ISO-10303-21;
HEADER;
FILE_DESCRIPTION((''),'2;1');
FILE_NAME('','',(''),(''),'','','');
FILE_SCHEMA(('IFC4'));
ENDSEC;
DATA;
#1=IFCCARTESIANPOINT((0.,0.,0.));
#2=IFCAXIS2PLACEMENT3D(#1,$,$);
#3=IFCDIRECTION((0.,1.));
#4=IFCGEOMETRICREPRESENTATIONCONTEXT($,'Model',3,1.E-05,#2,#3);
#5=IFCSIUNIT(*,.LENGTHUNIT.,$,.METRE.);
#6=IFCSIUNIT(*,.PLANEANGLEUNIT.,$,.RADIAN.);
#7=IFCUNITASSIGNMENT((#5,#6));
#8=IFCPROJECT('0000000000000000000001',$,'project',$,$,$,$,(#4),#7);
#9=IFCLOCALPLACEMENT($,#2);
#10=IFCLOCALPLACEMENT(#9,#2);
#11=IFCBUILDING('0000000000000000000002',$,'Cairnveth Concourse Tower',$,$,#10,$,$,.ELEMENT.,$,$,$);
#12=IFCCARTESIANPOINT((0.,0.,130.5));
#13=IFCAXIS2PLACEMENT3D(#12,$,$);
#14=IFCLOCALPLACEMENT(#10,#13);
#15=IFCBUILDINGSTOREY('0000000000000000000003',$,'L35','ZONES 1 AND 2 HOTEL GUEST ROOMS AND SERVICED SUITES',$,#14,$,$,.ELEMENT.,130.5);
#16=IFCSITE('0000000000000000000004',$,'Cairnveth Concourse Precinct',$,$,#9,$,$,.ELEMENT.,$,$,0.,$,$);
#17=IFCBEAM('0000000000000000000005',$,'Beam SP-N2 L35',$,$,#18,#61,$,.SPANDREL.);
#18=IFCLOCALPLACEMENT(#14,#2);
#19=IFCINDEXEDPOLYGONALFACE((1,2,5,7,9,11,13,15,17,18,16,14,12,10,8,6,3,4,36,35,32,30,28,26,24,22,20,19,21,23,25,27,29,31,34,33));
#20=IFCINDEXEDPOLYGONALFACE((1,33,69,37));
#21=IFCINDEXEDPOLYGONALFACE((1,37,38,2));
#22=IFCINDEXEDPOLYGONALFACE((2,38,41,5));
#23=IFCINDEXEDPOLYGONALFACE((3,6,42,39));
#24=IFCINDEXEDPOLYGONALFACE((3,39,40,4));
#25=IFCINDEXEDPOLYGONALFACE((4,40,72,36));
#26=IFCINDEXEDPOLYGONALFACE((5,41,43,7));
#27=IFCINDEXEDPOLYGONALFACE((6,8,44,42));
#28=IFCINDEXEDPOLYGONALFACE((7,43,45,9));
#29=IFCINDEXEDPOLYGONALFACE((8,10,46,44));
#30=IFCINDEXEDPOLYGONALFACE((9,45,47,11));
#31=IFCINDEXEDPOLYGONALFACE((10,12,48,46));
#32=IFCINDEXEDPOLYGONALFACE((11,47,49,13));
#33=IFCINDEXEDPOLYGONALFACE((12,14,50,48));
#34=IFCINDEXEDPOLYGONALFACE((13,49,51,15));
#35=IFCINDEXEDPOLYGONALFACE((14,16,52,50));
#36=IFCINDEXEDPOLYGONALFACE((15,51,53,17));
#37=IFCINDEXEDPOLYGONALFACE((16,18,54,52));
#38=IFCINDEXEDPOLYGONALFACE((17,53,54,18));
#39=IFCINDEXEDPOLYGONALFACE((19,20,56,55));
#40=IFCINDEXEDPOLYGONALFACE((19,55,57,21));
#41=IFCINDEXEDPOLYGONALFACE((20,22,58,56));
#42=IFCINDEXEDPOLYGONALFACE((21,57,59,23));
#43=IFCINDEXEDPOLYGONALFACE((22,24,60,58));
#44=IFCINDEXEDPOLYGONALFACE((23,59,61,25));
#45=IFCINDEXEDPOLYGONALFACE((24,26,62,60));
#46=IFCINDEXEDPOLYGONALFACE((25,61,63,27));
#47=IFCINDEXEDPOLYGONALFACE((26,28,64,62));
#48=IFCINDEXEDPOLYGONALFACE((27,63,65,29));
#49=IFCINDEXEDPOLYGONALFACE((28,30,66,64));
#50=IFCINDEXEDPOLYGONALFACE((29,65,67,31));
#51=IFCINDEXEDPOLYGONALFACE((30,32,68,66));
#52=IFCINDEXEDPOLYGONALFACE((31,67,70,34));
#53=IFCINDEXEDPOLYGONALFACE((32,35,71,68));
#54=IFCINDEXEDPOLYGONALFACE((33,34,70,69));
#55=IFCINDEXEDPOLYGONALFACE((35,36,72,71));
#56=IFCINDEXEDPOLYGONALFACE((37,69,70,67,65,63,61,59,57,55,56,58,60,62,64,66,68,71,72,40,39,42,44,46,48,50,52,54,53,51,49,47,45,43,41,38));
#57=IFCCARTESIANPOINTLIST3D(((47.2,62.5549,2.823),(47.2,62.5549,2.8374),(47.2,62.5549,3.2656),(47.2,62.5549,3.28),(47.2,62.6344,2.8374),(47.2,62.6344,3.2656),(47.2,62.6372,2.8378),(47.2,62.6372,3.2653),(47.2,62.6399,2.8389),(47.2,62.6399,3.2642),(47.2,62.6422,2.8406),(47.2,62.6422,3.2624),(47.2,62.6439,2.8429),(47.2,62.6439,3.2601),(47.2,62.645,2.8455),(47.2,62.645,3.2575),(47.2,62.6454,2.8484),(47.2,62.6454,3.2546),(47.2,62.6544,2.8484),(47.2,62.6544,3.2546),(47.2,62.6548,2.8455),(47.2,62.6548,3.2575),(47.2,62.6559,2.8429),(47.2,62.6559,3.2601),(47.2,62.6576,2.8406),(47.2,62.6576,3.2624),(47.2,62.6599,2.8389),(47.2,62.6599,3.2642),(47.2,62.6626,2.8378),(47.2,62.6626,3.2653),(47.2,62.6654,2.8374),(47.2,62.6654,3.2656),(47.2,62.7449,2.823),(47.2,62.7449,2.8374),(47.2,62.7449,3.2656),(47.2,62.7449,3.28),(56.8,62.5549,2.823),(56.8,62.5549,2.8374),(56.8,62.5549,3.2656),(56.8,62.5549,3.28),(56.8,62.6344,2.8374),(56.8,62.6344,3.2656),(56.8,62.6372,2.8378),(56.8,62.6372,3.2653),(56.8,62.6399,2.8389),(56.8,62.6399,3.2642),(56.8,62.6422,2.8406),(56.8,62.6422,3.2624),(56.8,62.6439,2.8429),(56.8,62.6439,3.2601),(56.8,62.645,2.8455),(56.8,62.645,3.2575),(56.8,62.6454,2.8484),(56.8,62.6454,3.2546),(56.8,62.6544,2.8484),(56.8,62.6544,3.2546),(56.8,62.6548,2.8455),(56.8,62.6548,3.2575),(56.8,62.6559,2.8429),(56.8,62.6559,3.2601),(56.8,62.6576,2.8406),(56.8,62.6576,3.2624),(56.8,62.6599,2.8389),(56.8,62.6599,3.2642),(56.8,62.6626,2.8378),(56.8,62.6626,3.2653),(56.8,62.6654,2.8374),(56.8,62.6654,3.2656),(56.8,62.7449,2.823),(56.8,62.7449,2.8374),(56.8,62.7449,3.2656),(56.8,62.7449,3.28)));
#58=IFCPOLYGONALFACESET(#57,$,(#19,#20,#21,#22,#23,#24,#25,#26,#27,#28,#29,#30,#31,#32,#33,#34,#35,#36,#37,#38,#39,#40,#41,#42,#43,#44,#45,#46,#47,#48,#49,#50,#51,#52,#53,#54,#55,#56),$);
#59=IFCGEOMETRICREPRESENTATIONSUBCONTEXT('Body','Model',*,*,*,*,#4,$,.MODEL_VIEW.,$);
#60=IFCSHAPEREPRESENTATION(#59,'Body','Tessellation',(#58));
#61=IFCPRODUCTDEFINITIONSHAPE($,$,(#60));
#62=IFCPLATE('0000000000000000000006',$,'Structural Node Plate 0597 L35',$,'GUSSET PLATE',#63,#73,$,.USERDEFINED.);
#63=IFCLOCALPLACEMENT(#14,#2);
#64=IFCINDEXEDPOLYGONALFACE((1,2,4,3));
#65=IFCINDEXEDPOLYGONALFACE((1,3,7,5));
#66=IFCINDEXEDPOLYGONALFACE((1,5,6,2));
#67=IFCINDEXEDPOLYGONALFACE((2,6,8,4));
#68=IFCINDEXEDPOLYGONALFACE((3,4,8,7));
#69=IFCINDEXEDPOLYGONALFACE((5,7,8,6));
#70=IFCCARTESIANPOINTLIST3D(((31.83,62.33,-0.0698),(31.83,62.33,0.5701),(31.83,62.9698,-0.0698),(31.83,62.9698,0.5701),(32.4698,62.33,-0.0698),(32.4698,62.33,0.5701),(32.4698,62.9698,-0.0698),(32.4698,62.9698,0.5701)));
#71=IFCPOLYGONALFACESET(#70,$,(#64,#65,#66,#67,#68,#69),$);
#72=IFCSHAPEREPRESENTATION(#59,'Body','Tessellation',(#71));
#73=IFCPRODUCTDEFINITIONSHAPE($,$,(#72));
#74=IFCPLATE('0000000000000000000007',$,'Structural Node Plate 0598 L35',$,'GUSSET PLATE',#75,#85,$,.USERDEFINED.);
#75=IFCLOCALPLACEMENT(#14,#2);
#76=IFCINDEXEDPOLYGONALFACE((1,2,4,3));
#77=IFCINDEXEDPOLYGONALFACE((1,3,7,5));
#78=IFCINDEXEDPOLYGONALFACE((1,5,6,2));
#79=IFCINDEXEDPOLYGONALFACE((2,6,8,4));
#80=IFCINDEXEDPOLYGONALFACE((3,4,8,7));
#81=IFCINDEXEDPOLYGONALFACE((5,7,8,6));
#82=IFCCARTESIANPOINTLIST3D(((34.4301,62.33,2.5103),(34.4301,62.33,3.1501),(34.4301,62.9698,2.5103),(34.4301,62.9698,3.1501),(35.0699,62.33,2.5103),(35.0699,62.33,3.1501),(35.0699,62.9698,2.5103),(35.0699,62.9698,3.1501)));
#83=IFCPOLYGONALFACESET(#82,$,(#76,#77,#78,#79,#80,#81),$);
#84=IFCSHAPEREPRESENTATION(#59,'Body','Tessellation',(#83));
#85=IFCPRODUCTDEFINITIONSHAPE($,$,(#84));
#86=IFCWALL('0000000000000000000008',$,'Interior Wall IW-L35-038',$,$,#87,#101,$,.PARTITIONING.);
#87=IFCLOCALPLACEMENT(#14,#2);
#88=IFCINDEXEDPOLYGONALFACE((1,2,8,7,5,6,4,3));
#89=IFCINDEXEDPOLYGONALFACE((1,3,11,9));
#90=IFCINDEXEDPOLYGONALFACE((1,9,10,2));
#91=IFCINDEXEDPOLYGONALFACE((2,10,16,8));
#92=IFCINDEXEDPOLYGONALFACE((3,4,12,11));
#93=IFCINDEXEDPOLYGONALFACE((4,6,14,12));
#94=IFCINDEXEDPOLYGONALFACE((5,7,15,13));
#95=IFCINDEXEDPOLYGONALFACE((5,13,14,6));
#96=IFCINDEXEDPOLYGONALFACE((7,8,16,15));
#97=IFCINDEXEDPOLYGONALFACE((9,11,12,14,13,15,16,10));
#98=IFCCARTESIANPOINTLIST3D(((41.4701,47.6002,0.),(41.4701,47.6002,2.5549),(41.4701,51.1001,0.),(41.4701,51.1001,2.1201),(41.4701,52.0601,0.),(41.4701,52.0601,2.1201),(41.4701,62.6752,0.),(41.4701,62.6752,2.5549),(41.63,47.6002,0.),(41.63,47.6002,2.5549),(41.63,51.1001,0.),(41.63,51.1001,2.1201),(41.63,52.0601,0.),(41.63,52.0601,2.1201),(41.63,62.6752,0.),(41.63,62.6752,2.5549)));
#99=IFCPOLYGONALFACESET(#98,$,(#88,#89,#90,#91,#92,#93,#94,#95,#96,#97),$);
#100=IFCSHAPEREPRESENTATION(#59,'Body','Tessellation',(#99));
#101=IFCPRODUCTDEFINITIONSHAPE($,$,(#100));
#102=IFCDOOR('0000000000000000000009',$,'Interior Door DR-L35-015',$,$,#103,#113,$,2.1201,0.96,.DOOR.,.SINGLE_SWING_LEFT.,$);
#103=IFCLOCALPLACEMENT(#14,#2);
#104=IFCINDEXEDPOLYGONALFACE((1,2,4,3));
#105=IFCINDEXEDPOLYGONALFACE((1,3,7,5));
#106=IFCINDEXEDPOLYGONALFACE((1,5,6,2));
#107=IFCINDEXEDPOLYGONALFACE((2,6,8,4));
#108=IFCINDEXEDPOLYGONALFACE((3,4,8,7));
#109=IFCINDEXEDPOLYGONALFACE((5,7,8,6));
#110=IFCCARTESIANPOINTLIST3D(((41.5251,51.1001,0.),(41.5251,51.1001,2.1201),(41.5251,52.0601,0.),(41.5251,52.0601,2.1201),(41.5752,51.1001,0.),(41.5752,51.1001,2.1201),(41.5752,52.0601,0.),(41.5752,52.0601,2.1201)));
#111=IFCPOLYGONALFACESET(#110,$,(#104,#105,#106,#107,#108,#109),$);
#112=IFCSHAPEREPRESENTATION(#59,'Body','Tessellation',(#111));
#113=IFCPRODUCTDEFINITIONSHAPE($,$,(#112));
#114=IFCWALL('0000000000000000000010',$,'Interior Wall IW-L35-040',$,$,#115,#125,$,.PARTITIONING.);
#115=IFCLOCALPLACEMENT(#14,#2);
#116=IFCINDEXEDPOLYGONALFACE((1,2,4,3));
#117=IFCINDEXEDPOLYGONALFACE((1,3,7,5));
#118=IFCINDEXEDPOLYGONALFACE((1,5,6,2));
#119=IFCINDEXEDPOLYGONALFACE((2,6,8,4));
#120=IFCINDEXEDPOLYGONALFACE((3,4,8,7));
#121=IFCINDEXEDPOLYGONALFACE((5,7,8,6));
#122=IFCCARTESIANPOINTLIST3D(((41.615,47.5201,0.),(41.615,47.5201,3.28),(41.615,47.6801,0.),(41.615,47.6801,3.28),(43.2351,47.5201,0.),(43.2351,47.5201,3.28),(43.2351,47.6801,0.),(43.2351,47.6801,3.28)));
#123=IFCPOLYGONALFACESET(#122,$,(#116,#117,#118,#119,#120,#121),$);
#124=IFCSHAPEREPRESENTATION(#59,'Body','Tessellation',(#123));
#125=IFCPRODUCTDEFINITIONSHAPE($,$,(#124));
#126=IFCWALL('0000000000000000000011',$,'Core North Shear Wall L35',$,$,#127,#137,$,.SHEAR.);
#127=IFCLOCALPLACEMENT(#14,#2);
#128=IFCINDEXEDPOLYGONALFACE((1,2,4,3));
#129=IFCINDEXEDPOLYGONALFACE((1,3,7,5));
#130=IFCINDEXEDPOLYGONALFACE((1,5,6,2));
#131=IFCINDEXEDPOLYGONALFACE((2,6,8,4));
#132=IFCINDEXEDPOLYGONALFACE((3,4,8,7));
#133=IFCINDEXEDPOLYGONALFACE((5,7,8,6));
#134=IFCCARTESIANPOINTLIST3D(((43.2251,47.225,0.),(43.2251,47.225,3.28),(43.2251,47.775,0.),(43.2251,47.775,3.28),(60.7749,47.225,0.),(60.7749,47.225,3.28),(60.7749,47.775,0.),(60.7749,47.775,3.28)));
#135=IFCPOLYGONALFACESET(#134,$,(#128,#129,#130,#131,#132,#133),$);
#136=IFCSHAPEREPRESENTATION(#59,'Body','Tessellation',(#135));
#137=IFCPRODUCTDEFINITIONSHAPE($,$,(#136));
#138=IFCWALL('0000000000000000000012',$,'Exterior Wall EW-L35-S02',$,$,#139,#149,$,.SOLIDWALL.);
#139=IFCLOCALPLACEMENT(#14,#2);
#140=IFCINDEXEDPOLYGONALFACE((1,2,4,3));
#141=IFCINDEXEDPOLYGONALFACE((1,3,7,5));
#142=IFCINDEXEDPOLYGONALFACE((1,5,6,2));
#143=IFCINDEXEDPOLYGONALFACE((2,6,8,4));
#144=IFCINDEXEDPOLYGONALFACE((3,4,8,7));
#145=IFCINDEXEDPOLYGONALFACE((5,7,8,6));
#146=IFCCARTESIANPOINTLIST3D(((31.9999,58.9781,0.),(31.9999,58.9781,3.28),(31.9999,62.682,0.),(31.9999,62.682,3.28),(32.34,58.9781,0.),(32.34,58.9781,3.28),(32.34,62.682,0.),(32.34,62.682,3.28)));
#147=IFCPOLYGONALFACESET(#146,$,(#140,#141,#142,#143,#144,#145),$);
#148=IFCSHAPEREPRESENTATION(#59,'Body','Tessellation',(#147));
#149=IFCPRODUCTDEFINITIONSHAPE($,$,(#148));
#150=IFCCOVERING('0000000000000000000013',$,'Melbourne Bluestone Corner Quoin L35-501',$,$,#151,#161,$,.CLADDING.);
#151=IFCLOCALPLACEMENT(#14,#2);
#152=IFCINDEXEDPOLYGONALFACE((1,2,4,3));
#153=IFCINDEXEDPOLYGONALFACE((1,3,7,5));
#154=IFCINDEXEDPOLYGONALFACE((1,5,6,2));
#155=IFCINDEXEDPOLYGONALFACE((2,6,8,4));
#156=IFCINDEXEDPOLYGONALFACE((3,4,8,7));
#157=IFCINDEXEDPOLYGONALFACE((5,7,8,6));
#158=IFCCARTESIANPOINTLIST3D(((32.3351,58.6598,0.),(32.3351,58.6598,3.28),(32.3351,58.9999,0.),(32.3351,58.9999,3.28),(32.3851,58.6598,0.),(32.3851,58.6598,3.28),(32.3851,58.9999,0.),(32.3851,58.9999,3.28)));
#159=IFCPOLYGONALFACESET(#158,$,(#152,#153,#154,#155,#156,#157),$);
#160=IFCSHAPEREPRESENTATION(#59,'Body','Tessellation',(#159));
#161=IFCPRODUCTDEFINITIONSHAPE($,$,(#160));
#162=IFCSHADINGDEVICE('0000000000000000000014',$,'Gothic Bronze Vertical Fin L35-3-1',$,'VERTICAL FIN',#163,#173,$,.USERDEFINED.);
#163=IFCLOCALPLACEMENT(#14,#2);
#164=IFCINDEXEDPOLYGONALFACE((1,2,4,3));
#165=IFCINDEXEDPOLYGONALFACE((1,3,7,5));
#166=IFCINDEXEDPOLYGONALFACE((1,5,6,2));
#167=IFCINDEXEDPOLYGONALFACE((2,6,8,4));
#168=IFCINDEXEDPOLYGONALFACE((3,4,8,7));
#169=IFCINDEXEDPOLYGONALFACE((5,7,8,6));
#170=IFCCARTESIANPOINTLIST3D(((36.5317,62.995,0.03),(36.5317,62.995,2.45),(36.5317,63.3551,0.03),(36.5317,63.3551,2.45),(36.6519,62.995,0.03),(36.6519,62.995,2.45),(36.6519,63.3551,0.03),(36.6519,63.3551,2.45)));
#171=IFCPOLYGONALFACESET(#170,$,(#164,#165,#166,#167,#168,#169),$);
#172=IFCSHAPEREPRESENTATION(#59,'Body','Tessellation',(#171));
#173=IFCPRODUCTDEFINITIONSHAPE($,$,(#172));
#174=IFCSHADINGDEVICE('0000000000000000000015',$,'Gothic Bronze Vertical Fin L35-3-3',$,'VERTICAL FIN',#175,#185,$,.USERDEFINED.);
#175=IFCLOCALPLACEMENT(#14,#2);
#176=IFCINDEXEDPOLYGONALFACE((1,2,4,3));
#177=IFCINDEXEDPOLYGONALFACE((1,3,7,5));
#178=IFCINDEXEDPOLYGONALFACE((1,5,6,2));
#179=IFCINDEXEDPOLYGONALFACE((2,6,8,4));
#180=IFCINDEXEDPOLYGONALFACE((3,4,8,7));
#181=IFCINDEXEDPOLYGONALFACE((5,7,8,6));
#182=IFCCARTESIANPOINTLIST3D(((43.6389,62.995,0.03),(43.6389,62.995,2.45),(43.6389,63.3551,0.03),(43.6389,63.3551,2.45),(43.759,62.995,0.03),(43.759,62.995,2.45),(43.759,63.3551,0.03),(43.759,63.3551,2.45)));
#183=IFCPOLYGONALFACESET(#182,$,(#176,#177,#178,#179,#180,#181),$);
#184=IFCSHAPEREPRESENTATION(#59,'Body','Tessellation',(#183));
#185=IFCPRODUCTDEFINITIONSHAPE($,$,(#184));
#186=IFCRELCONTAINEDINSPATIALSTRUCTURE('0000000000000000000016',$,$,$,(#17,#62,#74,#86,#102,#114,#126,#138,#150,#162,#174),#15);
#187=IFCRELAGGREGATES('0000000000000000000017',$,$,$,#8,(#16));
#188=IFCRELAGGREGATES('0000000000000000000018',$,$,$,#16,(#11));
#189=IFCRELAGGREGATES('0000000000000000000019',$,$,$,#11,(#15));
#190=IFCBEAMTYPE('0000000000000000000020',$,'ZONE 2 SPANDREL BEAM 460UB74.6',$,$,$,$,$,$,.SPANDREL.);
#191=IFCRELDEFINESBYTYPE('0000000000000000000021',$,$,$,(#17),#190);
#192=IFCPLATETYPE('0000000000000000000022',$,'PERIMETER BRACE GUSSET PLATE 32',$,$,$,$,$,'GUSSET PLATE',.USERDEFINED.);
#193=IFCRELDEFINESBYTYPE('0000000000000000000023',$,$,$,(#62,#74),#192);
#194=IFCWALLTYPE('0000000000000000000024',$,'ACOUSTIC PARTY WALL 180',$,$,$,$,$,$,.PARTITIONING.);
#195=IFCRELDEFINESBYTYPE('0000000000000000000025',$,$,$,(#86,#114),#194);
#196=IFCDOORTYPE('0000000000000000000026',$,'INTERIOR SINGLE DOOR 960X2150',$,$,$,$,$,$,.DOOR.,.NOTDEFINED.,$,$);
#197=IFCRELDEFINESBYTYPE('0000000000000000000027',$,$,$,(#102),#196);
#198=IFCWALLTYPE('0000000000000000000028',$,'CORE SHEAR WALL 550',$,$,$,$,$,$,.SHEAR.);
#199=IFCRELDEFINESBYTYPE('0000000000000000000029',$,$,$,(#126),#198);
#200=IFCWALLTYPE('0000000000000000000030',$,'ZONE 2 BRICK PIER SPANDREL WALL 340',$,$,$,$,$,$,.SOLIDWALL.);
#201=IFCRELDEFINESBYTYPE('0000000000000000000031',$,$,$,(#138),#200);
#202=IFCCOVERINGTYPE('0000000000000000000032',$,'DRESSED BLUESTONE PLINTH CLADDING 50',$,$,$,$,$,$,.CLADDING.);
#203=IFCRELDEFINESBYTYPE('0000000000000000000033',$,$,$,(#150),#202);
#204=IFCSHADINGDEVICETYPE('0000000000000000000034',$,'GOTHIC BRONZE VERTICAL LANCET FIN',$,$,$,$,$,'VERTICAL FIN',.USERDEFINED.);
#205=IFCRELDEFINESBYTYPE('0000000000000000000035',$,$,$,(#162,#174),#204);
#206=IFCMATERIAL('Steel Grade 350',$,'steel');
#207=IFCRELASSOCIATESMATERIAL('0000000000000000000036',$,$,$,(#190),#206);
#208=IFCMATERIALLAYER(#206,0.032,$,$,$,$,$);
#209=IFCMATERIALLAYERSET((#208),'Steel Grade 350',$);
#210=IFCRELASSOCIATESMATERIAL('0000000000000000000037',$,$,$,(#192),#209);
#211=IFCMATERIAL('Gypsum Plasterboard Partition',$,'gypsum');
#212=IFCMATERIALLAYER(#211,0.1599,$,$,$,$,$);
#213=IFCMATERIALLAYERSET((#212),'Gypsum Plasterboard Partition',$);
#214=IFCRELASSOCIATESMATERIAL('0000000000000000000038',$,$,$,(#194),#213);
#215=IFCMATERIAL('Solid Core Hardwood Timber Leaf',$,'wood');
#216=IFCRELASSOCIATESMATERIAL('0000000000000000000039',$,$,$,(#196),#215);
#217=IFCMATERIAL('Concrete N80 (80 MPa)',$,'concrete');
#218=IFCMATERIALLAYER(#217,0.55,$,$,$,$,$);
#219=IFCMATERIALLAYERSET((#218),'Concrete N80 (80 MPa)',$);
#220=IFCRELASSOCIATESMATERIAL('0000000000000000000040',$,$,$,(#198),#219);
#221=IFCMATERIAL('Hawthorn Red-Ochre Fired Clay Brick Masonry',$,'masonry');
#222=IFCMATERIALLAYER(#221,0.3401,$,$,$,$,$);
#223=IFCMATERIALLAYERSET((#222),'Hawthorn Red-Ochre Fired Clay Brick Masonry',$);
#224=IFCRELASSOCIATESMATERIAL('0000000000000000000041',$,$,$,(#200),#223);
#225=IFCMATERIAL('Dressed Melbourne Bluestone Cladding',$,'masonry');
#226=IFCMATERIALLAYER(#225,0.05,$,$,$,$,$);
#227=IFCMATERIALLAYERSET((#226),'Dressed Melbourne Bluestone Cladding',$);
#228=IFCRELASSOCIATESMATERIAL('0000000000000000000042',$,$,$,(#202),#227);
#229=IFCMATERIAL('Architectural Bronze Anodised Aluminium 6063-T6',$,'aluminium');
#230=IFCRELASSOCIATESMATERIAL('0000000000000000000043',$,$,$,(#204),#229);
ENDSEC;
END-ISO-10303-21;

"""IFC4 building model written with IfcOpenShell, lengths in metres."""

from ifc_helpers import new_model, si_unit, direction, frame, frame_2d, origin, origin_2d, place, context, subcontext, project, spatial, rectangle, i_section, extrude, material, layer, layer_set, material_profile, profile_set, type_object, element, fill, save


model = new_model("IFC4")

# Units and contexts
model_context = context("Model", 3, precision=1e-05, world=origin(), true_north=direction((0.0, 1.0)))
body_context = subcontext(model_context, "Body", "Model", "MODEL_VIEW")
ifc_project = project(units=[si_unit("LENGTHUNIT", "METRE"), si_unit("PLANEANGLEUNIT", "RADIAN")], contexts=[model_context])

# Site, building, storey
site_placement = place(None, origin())
site = spatial("IfcSite", under=ifc_project, at=site_placement, Name="Cairnveth Concourse Precinct", CompositionType="ELEMENT", RefElevation=0.0)
building_placement = place(site_placement, origin())
building = spatial("IfcBuilding", under=site, at=building_placement, Name="Cairnveth Concourse Tower", CompositionType="ELEMENT")
storey_placement = place(building_placement, frame((0.0, 0.0, 130.5)))
storey = spatial("IfcBuildingStorey", under=building, at=storey_placement, Name="L35", Description="ZONES 1 AND 2 HOTEL GUEST ROOMS AND SERVICED SUITES", CompositionType="ELEMENT", Elevation=130.5)

# Beam
ifc_material_1 = material(Name="Steel Grade 350", Category="steel")
ifc_material_profile_1 = material_profile(ifc_material_1, i_section(OverallWidth=0.1899, OverallDepth=0.457, WebThickness=0.009, FlangeThickness=0.0144, FilletRadius=0.011, at=origin_2d()), Name="460UB74.6")
ifc_profile_set_1 = profile_set([ifc_material_profile_1], Name="Steel Grade 350")
beam_type_1 = type_object("IfcBeamType", Name="ZONE 2 SPANDREL BEAM 460UB74.6", PredefinedType="SPANDREL", material=ifc_profile_set_1)
beam_1_placement = place(storey_placement, frame((47.2, 62.6499, 3.0515), z_axis=(1.0, 0.0, 0.0), x_axis=(0.0, 1.0, 0.0)))
element("IfcBeam", 1, at=beam_1_placement, inside=storey, type_object=beam_type_1, Name="Beam SP-N2 L35", PredefinedType="SPANDREL", context=body_context, shape_type="SweptSolid", body=[
    extrude(i_section(OverallWidth=0.1899, OverallDepth=0.457, WebThickness=0.009, FlangeThickness=0.0144, FilletRadius=0.011, at=origin_2d()), origin(), (0.0, 0.0, 1.0), 9.6001),
])

# Plates
ifc_layer_1 = layer(ifc_material_1, 0.032)
ifc_layer_set_1 = layer_set([ifc_layer_1], Name="Steel Grade 350")
plate_type = type_object("IfcPlateType", Name="PERIMETER BRACE GUSSET PLATE 32", ElementType="GUSSET PLATE", PredefinedType="USERDEFINED", material=ifc_layer_set_1)
for number, where, z_axis, x_axis, name in (
    (2, (32.1499, 62.6499, -0.0698), (0.0, 0.0, 1.0), (1.0, 0.0, 0.0), "Structural Node Plate 0597 L35"),
    (3, (34.75, 62.6499, 2.5103), (0.0, 0.0, 1.0), (1.0, 0.0, 0.0), "Structural Node Plate 0598 L35"),
):
    element("IfcPlate", number, at=place(storey_placement, frame(where, z_axis=z_axis, x_axis=x_axis)), inside=storey, type_object=plate_type, Name=name, ObjectType="GUSSET PLATE", PredefinedType="USERDEFINED", context=body_context, shape_type="SweptSolid", body=[
        extrude(rectangle(XDim=0.6399, YDim=0.6399, at=origin_2d()), origin(), (0.0, 0.0, 1.0), 0.6399),
    ])

# Wall, opening, door
ifc_material_2 = material(Name="Gypsum Plasterboard Partition", Category="gypsum")
ifc_layer_2 = layer(ifc_material_2, 0.1599)
ifc_layer_set_2 = layer_set([ifc_layer_2], Name="Gypsum Plasterboard Partition")
wall_type_1 = type_object("IfcWallType", Name="ACOUSTIC PARTY WALL 180", PredefinedType="PARTITIONING", material=ifc_layer_set_2)
wall_1_placement = place(storey_placement, frame((41.55, 47.6001, 0.0), z_axis=(0.0, 0.0, 1.0), x_axis=(0.0, 1.0, 0.0)))
wall_1 = element("IfcWall", 4, at=wall_1_placement, inside=storey, type_object=wall_type_1, Name="Interior Wall IW-L35-038", PredefinedType="PARTITIONING", context=body_context, shape_type="SweptSolid", body=[
    extrude(rectangle(XDim=15.075, YDim=0.1599, at=frame_2d((7.5376, 0.0))), origin(), (0.0, 0.0, 1.0), 2.5549),
])
opening_placement = place(wall_1_placement, frame((3.5, 0.0, 0.0)))
opening = element("IfcOpeningElement", 5, at=opening_placement, cuts=wall_1, PredefinedType="OPENING", context=body_context, shape_type="SweptSolid", body=[
    extrude(rectangle(XDim=0.96, YDim=2.1201, at=frame_2d((0.48, 1.0601))), frame((0.0, 0.0898, 0.0), z_axis=(0.0, -1.0, 0.0), x_axis=(1.0, 0.0, 0.0)), (0.0, 0.0, 1.0), 0.1799),
])
ifc_material_3 = material(Name="Solid Core Hardwood Timber Leaf", Category="wood")
door_type = type_object("IfcDoorType", Name="INTERIOR SINGLE DOOR 960X2150", OperationType="NOTDEFINED", PredefinedType="DOOR", material=ifc_material_3)
door_placement = place(opening_placement, origin())
door = element("IfcDoor", 6, at=door_placement, inside=storey, type_object=door_type, Name="Interior Door DR-L35-015", OperationType="SINGLE_SWING_LEFT", OverallHeight=2.1201, OverallWidth=0.96, PredefinedType="DOOR", context=body_context, shape_type="SweptSolid", body=[
    extrude(rectangle(XDim=0.96, YDim=2.1201, at=frame_2d((0.48, 1.0601))), frame((0.0, 0.0249, 0.0), z_axis=(0.0, -1.0, 0.0), x_axis=(1.0, 0.0, 0.0)), (0.0, 0.0, 1.0), 0.05),
])
fill(opening, door)

# Walls
wall_2_placement = place(storey_placement, frame((41.615, 47.6001, 0.0), z_axis=(0.0, 0.0, 1.0), x_axis=(1.0, 0.0, 0.0)))
element("IfcWall", 7, at=wall_2_placement, inside=storey, type_object=wall_type_1, Name="Interior Wall IW-L35-040", PredefinedType="PARTITIONING", context=body_context, shape_type="SweptSolid", body=[
    extrude(rectangle(XDim=1.6201, YDim=0.1599, at=frame_2d((0.8101, 0.0))), origin(), (0.0, 0.0, 1.0), 3.28),
])
ifc_material_4 = material(Name="Concrete N80 (80 MPa)", Category="concrete")
ifc_layer_3 = layer(ifc_material_4, 0.55)
ifc_layer_set_3 = layer_set([ifc_layer_3], Name="Concrete N80 (80 MPa)")
wall_type_2 = type_object("IfcWallType", Name="CORE SHEAR WALL 550", PredefinedType="SHEAR", material=ifc_layer_set_3)
wall_3_placement = place(storey_placement, frame((43.2251, 47.5, 0.0), z_axis=(0.0, 0.0, 1.0), x_axis=(1.0, 0.0, 0.0)))
element("IfcWall", 8, at=wall_3_placement, inside=storey, type_object=wall_type_2, Name="Core North Shear Wall L35", PredefinedType="SHEAR", context=body_context, shape_type="SweptSolid", body=[
    extrude(rectangle(XDim=17.5498, YDim=0.55, at=frame_2d((8.7749, 0.0))), origin(), (0.0, 0.0, 1.0), 3.28),
])
ifc_material_5 = material(Name="Hawthorn Red-Ochre Fired Clay Brick Masonry", Category="masonry")
ifc_layer_4 = layer(ifc_material_5, 0.3401)
ifc_layer_set_4 = layer_set([ifc_layer_4], Name="Hawthorn Red-Ochre Fired Clay Brick Masonry")
wall_type_3 = type_object("IfcWallType", Name="ZONE 2 BRICK PIER SPANDREL WALL 340", PredefinedType="SOLIDWALL", material=ifc_layer_set_4)
wall_4_placement = place(storey_placement, frame((32.1699, 58.978, 0.0), z_axis=(0.0, 0.0, 1.0), x_axis=(0.0, 1.0, 0.0)))
element("IfcWall", 9, at=wall_4_placement, inside=storey, type_object=wall_type_3, Name="Exterior Wall EW-L35-S02", PredefinedType="SOLIDWALL", context=body_context, shape_type="SweptSolid", body=[
    extrude(rectangle(XDim=3.7039, YDim=0.3401, at=frame_2d((1.8521, 0.0))), origin(), (0.0, 0.0, 1.0), 3.28),
])

# Covering
ifc_material_6 = material(Name="Dressed Melbourne Bluestone Cladding", Category="masonry")
ifc_layer_5 = layer(ifc_material_6, 0.05)
ifc_layer_set_5 = layer_set([ifc_layer_5], Name="Dressed Melbourne Bluestone Cladding")
covering_type = type_object("IfcCoveringType", Name="DRESSED BLUESTONE PLINTH CLADDING 50", PredefinedType="CLADDING", material=ifc_layer_set_5)
covering_placement = place(storey_placement, frame((32.3601, 58.6599, 0.0), z_axis=(0.0, 0.0, 1.0), x_axis=(0.0, 1.0, 0.0)))
element("IfcCovering", 10, at=covering_placement, inside=storey, type_object=covering_type, Name="Melbourne Bluestone Corner Quoin L35-501", PredefinedType="CLADDING", context=body_context, shape_type="SweptSolid", body=[
    extrude(rectangle(XDim=0.3401, YDim=0.05, at=frame_2d((0.1699, 0.0))), origin(), (0.0, 0.0, 1.0), 3.28),
])

# Shading devices
ifc_material_7 = material(Name="Architectural Bronze Anodised Aluminium 6063-T6", Category="aluminium")
shading_device_type = type_object("IfcShadingDeviceType", Name="GOTHIC BRONZE VERTICAL LANCET FIN", ElementType="VERTICAL FIN", PredefinedType="USERDEFINED", material=ifc_material_7)
for number, where, z_axis, x_axis, name in (
    (11, (36.5918, 63.175, 0.03), (0.0, 0.0, 1.0), (1.0, 0.0, 0.0), "Gothic Bronze Vertical Fin L35-3-1"),
    (12, (43.699, 63.175, 0.03), (0.0, 0.0, 1.0), (1.0, 0.0, 0.0), "Gothic Bronze Vertical Fin L35-3-3"),
):
    element("IfcShadingDevice", number, at=place(storey_placement, frame(where, z_axis=z_axis, x_axis=x_axis)), inside=storey, type_object=shading_device_type, Name=name, ObjectType="VERTICAL FIN", PredefinedType="USERDEFINED", context=body_context, shape_type="SweptSolid", body=[
        extrude(rectangle(XDim=0.1201, YDim=0.3601, at=origin_2d()), origin(), (0.0, 0.0, 1.0), 2.4199),
    ])

save(model, "model.ifc")
